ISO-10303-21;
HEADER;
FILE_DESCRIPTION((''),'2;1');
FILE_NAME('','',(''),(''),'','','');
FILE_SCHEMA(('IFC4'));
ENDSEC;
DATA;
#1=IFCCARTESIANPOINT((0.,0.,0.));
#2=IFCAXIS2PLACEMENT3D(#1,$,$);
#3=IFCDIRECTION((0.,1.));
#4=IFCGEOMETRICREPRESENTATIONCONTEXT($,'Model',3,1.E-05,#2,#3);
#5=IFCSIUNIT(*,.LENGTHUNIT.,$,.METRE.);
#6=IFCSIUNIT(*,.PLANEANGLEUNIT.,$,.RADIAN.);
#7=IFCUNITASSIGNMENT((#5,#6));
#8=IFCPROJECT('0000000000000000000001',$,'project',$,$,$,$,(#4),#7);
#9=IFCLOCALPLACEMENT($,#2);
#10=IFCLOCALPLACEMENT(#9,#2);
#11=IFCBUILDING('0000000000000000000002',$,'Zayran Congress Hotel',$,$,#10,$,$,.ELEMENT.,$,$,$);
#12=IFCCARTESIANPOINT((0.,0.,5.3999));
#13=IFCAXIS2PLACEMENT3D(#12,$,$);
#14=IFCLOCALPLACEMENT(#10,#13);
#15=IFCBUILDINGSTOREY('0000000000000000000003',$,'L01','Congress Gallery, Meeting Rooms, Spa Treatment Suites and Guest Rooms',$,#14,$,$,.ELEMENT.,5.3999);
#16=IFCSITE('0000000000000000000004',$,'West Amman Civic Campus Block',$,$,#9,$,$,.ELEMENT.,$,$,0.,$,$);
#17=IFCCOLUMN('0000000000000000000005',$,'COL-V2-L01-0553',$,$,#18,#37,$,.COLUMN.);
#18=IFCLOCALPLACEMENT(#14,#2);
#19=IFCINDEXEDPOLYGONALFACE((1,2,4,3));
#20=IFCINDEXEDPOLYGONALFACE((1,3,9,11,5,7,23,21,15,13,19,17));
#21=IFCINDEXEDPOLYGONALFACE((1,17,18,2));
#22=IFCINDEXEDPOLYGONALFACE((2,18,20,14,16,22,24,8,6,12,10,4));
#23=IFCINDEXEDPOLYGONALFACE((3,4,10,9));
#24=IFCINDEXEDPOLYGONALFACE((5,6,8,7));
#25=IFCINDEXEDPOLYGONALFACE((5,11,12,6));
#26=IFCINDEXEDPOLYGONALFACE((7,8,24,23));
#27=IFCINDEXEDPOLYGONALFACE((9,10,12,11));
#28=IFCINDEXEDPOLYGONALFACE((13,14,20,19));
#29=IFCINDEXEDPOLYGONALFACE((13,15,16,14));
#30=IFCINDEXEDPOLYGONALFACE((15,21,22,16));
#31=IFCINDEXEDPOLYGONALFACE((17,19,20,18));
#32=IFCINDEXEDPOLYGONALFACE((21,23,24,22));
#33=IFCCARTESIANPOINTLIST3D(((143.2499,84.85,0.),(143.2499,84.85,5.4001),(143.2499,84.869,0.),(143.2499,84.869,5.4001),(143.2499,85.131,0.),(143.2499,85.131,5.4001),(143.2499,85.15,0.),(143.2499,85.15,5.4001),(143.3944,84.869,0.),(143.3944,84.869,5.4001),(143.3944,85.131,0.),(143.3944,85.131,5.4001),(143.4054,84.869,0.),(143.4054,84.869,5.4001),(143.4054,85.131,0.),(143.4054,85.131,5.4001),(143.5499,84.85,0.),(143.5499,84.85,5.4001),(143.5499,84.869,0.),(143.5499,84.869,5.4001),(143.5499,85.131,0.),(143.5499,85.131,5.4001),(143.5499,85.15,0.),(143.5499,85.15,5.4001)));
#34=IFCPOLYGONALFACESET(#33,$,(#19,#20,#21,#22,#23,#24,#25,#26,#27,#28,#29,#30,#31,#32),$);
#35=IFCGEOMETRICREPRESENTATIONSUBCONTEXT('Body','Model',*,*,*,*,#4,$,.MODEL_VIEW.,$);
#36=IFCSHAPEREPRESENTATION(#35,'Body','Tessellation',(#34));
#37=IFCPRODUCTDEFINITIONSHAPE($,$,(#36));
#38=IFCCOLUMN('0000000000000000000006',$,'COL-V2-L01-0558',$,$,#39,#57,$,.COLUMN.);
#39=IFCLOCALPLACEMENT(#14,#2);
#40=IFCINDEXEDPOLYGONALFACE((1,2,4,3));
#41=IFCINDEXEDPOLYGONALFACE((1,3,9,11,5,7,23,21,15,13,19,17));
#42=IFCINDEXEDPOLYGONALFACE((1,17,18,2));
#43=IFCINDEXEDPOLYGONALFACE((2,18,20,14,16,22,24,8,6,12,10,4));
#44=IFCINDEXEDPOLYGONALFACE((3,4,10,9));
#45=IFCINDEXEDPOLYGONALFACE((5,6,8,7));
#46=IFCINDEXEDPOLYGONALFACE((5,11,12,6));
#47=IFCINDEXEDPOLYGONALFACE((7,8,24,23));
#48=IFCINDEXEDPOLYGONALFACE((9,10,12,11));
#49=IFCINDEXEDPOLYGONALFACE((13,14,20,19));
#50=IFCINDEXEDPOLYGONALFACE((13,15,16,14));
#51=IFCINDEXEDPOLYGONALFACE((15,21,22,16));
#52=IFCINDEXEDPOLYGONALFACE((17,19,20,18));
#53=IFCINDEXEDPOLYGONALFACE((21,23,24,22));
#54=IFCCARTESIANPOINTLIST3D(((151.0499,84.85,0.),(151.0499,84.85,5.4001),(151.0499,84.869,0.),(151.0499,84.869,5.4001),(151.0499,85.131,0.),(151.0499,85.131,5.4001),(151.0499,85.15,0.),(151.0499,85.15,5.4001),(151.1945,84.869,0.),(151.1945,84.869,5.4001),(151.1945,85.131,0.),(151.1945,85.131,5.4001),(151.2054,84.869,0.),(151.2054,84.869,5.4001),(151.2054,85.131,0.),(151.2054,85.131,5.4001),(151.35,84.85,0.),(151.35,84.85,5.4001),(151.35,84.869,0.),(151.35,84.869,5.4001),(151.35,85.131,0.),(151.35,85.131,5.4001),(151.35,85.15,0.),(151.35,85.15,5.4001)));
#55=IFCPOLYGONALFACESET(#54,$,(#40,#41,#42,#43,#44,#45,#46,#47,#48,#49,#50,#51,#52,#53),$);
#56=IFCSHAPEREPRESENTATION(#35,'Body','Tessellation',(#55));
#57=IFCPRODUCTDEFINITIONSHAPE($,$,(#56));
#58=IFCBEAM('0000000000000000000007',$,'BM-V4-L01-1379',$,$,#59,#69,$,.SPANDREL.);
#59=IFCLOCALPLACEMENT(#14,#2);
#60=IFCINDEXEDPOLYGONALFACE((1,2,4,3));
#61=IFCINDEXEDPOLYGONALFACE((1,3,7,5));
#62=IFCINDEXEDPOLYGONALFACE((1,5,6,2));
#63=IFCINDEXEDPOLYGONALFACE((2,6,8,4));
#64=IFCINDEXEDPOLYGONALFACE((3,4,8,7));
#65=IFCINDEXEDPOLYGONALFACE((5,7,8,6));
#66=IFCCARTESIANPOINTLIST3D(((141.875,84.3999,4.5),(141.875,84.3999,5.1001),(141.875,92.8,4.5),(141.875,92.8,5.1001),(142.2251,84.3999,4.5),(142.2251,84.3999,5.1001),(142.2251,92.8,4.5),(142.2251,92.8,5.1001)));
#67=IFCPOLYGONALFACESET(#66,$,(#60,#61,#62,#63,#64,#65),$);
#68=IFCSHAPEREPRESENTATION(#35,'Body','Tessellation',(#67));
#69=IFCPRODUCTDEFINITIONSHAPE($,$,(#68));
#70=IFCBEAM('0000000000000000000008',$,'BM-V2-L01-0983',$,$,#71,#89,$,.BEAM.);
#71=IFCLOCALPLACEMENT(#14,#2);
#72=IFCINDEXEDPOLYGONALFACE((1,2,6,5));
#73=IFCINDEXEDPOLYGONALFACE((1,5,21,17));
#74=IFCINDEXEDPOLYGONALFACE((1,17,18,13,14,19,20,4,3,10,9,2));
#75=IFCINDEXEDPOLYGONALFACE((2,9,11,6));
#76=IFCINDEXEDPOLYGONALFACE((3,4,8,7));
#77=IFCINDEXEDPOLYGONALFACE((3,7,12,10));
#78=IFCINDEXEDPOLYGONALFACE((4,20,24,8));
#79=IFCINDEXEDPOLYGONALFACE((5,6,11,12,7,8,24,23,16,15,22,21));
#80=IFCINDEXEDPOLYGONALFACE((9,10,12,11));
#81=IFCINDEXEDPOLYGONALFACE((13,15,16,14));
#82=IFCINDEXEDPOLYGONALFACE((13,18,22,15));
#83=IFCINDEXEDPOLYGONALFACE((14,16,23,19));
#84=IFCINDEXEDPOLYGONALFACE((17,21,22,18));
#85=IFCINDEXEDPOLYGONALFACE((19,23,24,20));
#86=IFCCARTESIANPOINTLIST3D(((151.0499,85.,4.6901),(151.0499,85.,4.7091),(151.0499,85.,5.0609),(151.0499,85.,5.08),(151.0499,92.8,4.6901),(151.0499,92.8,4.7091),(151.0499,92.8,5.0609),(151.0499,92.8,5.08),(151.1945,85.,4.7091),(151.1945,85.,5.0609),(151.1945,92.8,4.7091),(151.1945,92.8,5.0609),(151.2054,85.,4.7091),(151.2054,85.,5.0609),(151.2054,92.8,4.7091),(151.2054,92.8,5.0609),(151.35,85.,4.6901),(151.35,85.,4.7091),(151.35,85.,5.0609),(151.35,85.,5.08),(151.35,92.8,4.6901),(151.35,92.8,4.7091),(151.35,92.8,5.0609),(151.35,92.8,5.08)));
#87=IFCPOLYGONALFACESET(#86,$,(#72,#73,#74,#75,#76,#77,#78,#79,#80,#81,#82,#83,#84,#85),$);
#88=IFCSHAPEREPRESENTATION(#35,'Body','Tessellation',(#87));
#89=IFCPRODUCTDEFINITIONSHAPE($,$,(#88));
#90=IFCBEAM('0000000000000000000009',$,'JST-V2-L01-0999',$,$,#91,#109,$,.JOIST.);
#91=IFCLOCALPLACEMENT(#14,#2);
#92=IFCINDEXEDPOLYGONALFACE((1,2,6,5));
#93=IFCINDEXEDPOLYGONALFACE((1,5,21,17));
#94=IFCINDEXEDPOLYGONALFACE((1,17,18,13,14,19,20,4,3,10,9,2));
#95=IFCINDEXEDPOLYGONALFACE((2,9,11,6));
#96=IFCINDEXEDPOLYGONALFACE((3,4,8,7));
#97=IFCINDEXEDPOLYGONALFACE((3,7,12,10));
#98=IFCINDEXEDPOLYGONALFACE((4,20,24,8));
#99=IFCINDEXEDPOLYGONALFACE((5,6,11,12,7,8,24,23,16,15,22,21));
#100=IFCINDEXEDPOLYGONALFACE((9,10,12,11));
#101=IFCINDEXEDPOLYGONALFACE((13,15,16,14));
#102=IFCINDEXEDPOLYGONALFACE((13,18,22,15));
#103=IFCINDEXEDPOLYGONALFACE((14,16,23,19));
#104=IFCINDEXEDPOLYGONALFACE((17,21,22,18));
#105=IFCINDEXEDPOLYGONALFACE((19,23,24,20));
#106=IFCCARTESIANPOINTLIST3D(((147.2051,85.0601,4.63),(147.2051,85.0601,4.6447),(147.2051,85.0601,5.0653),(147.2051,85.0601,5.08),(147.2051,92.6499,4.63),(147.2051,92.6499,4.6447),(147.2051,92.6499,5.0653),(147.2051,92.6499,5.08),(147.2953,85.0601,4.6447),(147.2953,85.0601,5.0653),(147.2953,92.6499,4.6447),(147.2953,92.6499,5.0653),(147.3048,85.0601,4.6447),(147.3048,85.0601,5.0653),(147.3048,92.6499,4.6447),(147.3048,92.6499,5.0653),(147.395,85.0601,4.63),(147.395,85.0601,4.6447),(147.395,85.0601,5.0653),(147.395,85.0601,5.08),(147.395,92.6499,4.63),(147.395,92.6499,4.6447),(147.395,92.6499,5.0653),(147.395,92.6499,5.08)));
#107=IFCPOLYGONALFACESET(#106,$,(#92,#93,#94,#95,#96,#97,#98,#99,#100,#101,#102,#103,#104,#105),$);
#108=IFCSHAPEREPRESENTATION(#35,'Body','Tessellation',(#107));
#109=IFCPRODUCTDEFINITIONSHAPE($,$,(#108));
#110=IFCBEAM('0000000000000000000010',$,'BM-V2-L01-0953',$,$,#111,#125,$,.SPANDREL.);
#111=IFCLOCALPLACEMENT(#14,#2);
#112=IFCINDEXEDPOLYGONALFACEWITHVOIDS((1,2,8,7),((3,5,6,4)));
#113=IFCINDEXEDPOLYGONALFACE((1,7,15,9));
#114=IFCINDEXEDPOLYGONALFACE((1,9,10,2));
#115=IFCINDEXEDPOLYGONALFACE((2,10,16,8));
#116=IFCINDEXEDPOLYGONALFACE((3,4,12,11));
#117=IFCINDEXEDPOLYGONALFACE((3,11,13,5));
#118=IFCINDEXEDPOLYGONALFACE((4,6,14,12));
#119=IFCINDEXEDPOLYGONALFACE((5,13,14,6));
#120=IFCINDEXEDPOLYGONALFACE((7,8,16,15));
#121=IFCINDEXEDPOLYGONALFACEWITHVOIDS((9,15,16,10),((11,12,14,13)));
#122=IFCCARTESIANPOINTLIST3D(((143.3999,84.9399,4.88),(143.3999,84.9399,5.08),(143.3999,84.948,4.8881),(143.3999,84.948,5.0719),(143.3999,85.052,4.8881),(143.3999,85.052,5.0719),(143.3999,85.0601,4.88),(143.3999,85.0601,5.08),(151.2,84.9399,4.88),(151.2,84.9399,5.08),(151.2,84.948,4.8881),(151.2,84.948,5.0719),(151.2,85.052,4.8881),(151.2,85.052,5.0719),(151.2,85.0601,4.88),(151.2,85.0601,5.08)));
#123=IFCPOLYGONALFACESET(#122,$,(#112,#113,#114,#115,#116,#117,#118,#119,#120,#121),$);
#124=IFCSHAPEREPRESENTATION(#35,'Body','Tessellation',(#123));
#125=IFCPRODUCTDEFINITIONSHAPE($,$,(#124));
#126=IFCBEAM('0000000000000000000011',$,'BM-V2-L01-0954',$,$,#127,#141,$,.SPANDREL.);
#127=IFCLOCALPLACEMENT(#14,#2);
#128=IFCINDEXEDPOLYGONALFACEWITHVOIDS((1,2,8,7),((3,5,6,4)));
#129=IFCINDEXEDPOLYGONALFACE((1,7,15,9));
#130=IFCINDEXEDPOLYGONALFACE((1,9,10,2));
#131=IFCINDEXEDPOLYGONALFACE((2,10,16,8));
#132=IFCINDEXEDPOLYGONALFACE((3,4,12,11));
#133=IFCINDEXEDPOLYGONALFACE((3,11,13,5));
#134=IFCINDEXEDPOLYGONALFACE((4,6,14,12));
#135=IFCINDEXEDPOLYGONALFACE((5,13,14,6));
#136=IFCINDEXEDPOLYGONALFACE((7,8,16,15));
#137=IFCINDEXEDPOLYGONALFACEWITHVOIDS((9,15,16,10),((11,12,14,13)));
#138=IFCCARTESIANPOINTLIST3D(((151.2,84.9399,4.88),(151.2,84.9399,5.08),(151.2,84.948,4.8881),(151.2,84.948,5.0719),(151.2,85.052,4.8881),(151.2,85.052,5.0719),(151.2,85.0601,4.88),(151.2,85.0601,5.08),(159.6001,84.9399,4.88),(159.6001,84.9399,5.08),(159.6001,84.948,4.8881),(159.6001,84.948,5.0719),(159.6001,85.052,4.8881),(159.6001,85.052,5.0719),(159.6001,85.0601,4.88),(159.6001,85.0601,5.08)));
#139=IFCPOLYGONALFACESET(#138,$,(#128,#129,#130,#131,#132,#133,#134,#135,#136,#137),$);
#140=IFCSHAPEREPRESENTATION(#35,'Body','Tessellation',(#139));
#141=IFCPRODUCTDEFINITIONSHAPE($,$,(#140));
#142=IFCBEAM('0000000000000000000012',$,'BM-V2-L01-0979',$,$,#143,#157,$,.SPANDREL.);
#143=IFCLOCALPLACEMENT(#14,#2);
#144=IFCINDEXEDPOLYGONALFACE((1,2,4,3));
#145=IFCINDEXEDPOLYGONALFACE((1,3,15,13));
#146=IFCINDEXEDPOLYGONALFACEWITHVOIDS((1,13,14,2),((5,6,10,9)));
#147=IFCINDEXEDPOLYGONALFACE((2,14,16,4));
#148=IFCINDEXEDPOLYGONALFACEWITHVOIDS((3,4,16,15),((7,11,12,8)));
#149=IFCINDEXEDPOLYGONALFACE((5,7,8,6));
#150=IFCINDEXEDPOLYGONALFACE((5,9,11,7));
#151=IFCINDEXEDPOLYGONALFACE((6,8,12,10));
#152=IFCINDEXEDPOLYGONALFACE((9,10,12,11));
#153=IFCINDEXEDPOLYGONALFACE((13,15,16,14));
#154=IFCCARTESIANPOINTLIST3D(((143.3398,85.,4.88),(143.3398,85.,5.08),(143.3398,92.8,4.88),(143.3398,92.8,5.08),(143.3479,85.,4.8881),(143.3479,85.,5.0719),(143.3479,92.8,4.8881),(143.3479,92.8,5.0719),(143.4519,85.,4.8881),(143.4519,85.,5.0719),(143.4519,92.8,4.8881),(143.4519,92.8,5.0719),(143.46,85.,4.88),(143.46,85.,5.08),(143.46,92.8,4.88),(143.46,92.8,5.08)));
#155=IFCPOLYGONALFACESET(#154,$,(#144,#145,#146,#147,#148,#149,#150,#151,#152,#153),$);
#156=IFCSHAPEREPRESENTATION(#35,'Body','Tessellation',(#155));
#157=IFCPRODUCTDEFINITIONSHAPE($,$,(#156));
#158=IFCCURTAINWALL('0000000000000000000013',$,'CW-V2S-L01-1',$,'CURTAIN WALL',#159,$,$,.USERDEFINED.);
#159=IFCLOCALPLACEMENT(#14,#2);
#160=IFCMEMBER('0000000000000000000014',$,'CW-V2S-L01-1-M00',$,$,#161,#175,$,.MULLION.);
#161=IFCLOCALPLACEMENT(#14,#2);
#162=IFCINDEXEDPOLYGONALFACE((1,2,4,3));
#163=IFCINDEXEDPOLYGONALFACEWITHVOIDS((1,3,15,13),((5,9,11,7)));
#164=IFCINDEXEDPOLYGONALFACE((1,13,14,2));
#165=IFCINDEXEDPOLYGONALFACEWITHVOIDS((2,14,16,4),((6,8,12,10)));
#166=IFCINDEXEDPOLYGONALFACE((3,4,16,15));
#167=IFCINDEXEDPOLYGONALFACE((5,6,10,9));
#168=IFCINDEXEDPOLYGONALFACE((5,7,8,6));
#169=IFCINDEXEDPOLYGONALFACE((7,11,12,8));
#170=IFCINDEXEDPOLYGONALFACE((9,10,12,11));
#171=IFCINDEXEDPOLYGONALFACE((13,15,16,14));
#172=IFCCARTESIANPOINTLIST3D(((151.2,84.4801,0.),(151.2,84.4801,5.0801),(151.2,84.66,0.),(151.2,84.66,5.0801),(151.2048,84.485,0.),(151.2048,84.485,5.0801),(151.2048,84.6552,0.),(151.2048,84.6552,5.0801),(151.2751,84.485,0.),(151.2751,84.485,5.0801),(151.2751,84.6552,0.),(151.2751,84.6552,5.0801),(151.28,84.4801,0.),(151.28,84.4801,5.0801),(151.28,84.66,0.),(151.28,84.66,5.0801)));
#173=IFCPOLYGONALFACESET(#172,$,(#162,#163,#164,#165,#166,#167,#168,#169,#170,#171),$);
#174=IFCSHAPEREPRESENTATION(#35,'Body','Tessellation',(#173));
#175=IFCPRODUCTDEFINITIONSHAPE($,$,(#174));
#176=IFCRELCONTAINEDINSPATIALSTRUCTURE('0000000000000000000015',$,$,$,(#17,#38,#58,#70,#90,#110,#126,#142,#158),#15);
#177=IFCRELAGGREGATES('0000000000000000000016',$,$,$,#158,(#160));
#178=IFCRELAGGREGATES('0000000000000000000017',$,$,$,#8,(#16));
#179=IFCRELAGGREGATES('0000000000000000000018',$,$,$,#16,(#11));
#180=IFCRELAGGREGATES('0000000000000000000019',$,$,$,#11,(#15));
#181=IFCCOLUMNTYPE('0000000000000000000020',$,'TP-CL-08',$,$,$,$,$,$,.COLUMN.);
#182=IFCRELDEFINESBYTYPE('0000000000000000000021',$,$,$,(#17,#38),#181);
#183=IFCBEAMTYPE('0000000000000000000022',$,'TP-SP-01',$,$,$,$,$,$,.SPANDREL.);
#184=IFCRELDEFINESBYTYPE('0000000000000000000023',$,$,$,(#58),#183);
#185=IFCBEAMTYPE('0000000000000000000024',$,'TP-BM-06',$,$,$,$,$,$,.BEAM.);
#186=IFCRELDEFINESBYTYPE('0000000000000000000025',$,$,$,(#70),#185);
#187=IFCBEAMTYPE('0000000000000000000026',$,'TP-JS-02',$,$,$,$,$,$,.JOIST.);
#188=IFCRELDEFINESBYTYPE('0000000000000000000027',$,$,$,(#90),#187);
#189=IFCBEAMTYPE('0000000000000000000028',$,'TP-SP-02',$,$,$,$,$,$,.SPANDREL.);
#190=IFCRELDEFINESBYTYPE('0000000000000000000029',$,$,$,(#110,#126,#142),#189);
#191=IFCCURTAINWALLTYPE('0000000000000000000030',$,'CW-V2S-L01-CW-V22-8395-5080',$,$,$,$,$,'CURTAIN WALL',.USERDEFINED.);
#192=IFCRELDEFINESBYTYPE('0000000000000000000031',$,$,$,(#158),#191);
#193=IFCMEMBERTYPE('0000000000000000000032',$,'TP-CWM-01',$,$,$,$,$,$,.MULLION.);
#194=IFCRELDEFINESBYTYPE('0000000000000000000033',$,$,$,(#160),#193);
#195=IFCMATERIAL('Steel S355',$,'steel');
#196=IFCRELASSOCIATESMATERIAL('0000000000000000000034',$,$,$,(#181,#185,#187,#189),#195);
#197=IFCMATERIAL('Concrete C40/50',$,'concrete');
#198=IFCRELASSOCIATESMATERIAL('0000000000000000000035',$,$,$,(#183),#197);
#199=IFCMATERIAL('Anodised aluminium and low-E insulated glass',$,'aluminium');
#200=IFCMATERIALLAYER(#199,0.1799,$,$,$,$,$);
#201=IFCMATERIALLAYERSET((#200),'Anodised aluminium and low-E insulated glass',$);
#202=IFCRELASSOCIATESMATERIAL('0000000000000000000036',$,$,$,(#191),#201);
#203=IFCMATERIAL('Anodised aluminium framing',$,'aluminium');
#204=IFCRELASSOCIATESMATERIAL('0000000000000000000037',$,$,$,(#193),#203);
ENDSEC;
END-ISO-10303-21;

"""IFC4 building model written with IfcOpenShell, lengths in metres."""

from ifc_helpers import new_model, si_unit, direction, frame, origin, origin_2d, place, context, subcontext, project, spatial, rectangle, hollow_rectangle, i_section, extrude, material, layer, layer_set, material_profile, profile_set, type_object, element, aggregate, save


model = new_model("IFC4")

# Units and contexts
model_context = context("Model", 3, precision=1e-05, world=origin(), true_north=direction((0.0, 1.0)))
body_context = subcontext(model_context, "Body", "Model", "MODEL_VIEW")
ifc_project = project(units=[si_unit("LENGTHUNIT", "METRE"), si_unit("PLANEANGLEUNIT", "RADIAN")], contexts=[model_context])

# Site, building, storey
site_placement = place(None, origin())
site = spatial("IfcSite", under=ifc_project, at=site_placement, Name="West Amman Civic Campus Block", CompositionType="ELEMENT", RefElevation=0.0)
building_placement = place(site_placement, origin())
building = spatial("IfcBuilding", under=site, at=building_placement, Name="Zayran Congress Hotel", CompositionType="ELEMENT")
storey_placement = place(building_placement, frame((0.0, 0.0, 5.3999)))
storey = spatial("IfcBuildingStorey", under=building, at=storey_placement, Name="L01", Description="Congress Gallery, Meeting Rooms, Spa Treatment Suites and Guest Rooms", CompositionType="ELEMENT", Elevation=5.3999)

# Columns
ifc_material_1 = material(Name="Steel S355", Category="steel")
ifc_material_profile_1 = material_profile(ifc_material_1, i_section(OverallWidth=0.3, OverallDepth=0.3, WebThickness=0.011, FlangeThickness=0.019, at=origin_2d()), Name="HEB 300")
ifc_profile_set_1 = profile_set([ifc_material_profile_1], Name="Steel S355")
column_type = type_object("IfcColumnType", Name="TP-CL-08", PredefinedType="COLUMN", material=ifc_profile_set_1)
for number, where, z_axis, x_axis, name in (
    (1, (143.3999, 85.0, 0.0), (0.0, 0.0, 1.0), (1.0, 0.0, 0.0), "COL-V2-L01-0553"),
    (2, (151.2, 85.0, 0.0), (0.0, 0.0, 1.0), (1.0, 0.0, 0.0), "COL-V2-L01-0558"),
):
    element("IfcColumn", number, at=place(storey_placement, frame(where, z_axis=z_axis, x_axis=x_axis)), inside=storey, type_object=column_type, Name=name, PredefinedType="COLUMN", context=body_context, shape_type="SweptSolid", body=[
        extrude(i_section(OverallWidth=0.3, OverallDepth=0.3, WebThickness=0.011, FlangeThickness=0.019, at=origin_2d()), origin(), (0.0, 0.0, 1.0), 5.4001),
    ])

# Beams
ifc_material_2 = material(Name="Concrete C40/50", Category="concrete")
ifc_material_profile_2 = material_profile(ifc_material_2, rectangle(XDim=0.3501, YDim=0.6001, at=origin_2d()), Name="RC 350x600")
ifc_profile_set_2 = profile_set([ifc_material_profile_2], Name="Concrete C40/50")
beam_type_1 = type_object("IfcBeamType", Name="TP-SP-01", PredefinedType="SPANDREL", material=ifc_profile_set_2)
beam_1_placement = place(storey_placement, frame((142.05, 84.3999, 4.8), z_axis=(0.0, 1.0, 0.0), x_axis=(-1.0, 0.0, 0.0)))
element("IfcBeam", 3, at=beam_1_placement, inside=storey, type_object=beam_type_1, Name="BM-V4-L01-1379", PredefinedType="SPANDREL", context=body_context, shape_type="SweptSolid", body=[
    extrude(rectangle(XDim=0.3501, YDim=0.6001, at=origin_2d()), origin(), (0.0, 0.0, 1.0), 8.4001),
])
ifc_material_profile_3 = material_profile(ifc_material_1, i_section(OverallWidth=0.3, OverallDepth=0.3899, WebThickness=0.011, FlangeThickness=0.019, at=origin_2d()), Name="HEA 400")
ifc_profile_set_3 = profile_set([ifc_material_profile_3], Name="Steel S355")
beam_type_2 = type_object("IfcBeamType", Name="TP-BM-06", PredefinedType="BEAM", material=ifc_profile_set_3)
beam_2_placement = place(storey_placement, frame((151.2, 85.0, 4.885), z_axis=(0.0, 1.0, 0.0), x_axis=(-1.0, 0.0, 0.0)))
element("IfcBeam", 4, at=beam_2_placement, inside=storey, type_object=beam_type_2, Name="BM-V2-L01-0983", PredefinedType="BEAM", context=body_context, shape_type="SweptSolid", body=[
    extrude(i_section(OverallWidth=0.3, OverallDepth=0.3899, WebThickness=0.011, FlangeThickness=0.019, at=origin_2d()), origin(), (0.0, 0.0, 1.0), 7.8),
])
ifc_material_profile_4 = material_profile(ifc_material_1, i_section(OverallWidth=0.1899, OverallDepth=0.45, WebThickness=0.0095, FlangeThickness=0.0146, at=origin_2d()), Name="IPE 450")
ifc_profile_set_4 = profile_set([ifc_material_profile_4], Name="Steel S355")
beam_type_3 = type_object("IfcBeamType", Name="TP-JS-02", PredefinedType="JOIST", material=ifc_profile_set_4)
beam_3_placement = place(storey_placement, frame((147.3, 85.0601, 4.855), z_axis=(0.0, 1.0, 0.0), x_axis=(-1.0, 0.0, 0.0)))
element("IfcBeam", 5, at=beam_3_placement, inside=storey, type_object=beam_type_3, Name="JST-V2-L01-0999", PredefinedType="JOIST", context=body_context, shape_type="SweptSolid", body=[
    extrude(i_section(OverallWidth=0.1899, OverallDepth=0.45, WebThickness=0.0095, FlangeThickness=0.0146, at=origin_2d()), origin(), (0.0, 0.0, 1.0), 7.5898),
])
ifc_material_profile_5 = material_profile(ifc_material_1, hollow_rectangle(XDim=0.1201, YDim=0.2, WallThickness=0.0081, at=origin_2d()), Name="RHS 200x120x8")
ifc_profile_set_5 = profile_set([ifc_material_profile_5], Name="Steel S355")
beam_type_4 = type_object("IfcBeamType", Name="TP-SP-02", PredefinedType="SPANDREL", material=ifc_profile_set_5)
beam_4_placement = place(storey_placement, frame((143.3999, 85.0, 4.98), z_axis=(1.0, 0.0, 0.0), x_axis=(0.0, 1.0, 0.0)))
element("IfcBeam", 6, at=beam_4_placement, inside=storey, type_object=beam_type_4, Name="BM-V2-L01-0953", PredefinedType="SPANDREL", context=body_context, shape_type="SweptSolid", body=[
    extrude(hollow_rectangle(XDim=0.1201, YDim=0.2, WallThickness=0.0081, at=origin_2d()), origin(), (0.0, 0.0, 1.0), 7.8),
])
beam_5_placement = place(storey_placement, frame((151.2, 85.0, 4.98), z_axis=(1.0, 0.0, 0.0), x_axis=(0.0, 1.0, 0.0)))
element("IfcBeam", 7, at=beam_5_placement, inside=storey, type_object=beam_type_4, Name="BM-V2-L01-0954", PredefinedType="SPANDREL", context=body_context, shape_type="SweptSolid", body=[
    extrude(hollow_rectangle(XDim=0.1201, YDim=0.2, WallThickness=0.0081, at=origin_2d()), origin(), (0.0, 0.0, 1.0), 8.4001),
])
beam_6_placement = place(storey_placement, frame((143.3999, 85.0, 4.98), z_axis=(0.0, 1.0, 0.0), x_axis=(-1.0, 0.0, 0.0)))
element("IfcBeam", 8, at=beam_6_placement, inside=storey, type_object=beam_type_4, Name="BM-V2-L01-0979", PredefinedType="SPANDREL", context=body_context, shape_type="SweptSolid", body=[
    extrude(hollow_rectangle(XDim=0.1201, YDim=0.2, WallThickness=0.0081, at=origin_2d()), origin(), (0.0, 0.0, 1.0), 7.8),
])

# Curtain wall, member
ifc_material_3 = material(Name="Anodised aluminium and low-E insulated glass", Category="aluminium")
ifc_layer_1 = layer(ifc_material_3, 0.1799)
ifc_layer_set_1 = layer_set([ifc_layer_1], Name="Anodised aluminium and low-E insulated glass")
curtain_wall_type = type_object("IfcCurtainWallType", Name="CW-V2S-L01-CW-V22-8395-5080", ElementType="CURTAIN WALL", PredefinedType="USERDEFINED", material=ifc_layer_set_1)
curtain_wall_placement = place(storey_placement, origin())
curtain_wall = element("IfcCurtainWall", 9, at=curtain_wall_placement, inside=storey, type_object=curtain_wall_type, Name="CW-V2S-L01-1", ObjectType="CURTAIN WALL", PredefinedType="USERDEFINED")
ifc_material_4 = material(Name="Anodised aluminium framing", Category="aluminium")
ifc_material_profile_6 = material_profile(ifc_material_4, hollow_rectangle(XDim=0.0801, YDim=0.1799, WallThickness=0.0049, at=origin_2d()), Name="RHS 180x80x5")
ifc_profile_set_6 = profile_set([ifc_material_profile_6], Name="Anodised aluminium framing")
member_type = type_object("IfcMemberType", Name="TP-CWM-01", PredefinedType="MULLION", material=ifc_profile_set_6)
member_placement = place(storey_placement, frame((151.24, 84.5701, 0.0), z_axis=(0.0, 0.0, 1.0), x_axis=(1.0, 0.0, 0.0)))
member = element("IfcMember", 10, at=member_placement, type_object=member_type, Name="CW-V2S-L01-1-M00", PredefinedType="MULLION", context=body_context, shape_type="SweptSolid", body=[
    extrude(hollow_rectangle(XDim=0.0801, YDim=0.1799, WallThickness=0.0049, at=origin_2d()), origin(), (0.0, 0.0, 1.0), 5.0801),
])
aggregate(curtain_wall, [member])

save(model, "model.ifc")
